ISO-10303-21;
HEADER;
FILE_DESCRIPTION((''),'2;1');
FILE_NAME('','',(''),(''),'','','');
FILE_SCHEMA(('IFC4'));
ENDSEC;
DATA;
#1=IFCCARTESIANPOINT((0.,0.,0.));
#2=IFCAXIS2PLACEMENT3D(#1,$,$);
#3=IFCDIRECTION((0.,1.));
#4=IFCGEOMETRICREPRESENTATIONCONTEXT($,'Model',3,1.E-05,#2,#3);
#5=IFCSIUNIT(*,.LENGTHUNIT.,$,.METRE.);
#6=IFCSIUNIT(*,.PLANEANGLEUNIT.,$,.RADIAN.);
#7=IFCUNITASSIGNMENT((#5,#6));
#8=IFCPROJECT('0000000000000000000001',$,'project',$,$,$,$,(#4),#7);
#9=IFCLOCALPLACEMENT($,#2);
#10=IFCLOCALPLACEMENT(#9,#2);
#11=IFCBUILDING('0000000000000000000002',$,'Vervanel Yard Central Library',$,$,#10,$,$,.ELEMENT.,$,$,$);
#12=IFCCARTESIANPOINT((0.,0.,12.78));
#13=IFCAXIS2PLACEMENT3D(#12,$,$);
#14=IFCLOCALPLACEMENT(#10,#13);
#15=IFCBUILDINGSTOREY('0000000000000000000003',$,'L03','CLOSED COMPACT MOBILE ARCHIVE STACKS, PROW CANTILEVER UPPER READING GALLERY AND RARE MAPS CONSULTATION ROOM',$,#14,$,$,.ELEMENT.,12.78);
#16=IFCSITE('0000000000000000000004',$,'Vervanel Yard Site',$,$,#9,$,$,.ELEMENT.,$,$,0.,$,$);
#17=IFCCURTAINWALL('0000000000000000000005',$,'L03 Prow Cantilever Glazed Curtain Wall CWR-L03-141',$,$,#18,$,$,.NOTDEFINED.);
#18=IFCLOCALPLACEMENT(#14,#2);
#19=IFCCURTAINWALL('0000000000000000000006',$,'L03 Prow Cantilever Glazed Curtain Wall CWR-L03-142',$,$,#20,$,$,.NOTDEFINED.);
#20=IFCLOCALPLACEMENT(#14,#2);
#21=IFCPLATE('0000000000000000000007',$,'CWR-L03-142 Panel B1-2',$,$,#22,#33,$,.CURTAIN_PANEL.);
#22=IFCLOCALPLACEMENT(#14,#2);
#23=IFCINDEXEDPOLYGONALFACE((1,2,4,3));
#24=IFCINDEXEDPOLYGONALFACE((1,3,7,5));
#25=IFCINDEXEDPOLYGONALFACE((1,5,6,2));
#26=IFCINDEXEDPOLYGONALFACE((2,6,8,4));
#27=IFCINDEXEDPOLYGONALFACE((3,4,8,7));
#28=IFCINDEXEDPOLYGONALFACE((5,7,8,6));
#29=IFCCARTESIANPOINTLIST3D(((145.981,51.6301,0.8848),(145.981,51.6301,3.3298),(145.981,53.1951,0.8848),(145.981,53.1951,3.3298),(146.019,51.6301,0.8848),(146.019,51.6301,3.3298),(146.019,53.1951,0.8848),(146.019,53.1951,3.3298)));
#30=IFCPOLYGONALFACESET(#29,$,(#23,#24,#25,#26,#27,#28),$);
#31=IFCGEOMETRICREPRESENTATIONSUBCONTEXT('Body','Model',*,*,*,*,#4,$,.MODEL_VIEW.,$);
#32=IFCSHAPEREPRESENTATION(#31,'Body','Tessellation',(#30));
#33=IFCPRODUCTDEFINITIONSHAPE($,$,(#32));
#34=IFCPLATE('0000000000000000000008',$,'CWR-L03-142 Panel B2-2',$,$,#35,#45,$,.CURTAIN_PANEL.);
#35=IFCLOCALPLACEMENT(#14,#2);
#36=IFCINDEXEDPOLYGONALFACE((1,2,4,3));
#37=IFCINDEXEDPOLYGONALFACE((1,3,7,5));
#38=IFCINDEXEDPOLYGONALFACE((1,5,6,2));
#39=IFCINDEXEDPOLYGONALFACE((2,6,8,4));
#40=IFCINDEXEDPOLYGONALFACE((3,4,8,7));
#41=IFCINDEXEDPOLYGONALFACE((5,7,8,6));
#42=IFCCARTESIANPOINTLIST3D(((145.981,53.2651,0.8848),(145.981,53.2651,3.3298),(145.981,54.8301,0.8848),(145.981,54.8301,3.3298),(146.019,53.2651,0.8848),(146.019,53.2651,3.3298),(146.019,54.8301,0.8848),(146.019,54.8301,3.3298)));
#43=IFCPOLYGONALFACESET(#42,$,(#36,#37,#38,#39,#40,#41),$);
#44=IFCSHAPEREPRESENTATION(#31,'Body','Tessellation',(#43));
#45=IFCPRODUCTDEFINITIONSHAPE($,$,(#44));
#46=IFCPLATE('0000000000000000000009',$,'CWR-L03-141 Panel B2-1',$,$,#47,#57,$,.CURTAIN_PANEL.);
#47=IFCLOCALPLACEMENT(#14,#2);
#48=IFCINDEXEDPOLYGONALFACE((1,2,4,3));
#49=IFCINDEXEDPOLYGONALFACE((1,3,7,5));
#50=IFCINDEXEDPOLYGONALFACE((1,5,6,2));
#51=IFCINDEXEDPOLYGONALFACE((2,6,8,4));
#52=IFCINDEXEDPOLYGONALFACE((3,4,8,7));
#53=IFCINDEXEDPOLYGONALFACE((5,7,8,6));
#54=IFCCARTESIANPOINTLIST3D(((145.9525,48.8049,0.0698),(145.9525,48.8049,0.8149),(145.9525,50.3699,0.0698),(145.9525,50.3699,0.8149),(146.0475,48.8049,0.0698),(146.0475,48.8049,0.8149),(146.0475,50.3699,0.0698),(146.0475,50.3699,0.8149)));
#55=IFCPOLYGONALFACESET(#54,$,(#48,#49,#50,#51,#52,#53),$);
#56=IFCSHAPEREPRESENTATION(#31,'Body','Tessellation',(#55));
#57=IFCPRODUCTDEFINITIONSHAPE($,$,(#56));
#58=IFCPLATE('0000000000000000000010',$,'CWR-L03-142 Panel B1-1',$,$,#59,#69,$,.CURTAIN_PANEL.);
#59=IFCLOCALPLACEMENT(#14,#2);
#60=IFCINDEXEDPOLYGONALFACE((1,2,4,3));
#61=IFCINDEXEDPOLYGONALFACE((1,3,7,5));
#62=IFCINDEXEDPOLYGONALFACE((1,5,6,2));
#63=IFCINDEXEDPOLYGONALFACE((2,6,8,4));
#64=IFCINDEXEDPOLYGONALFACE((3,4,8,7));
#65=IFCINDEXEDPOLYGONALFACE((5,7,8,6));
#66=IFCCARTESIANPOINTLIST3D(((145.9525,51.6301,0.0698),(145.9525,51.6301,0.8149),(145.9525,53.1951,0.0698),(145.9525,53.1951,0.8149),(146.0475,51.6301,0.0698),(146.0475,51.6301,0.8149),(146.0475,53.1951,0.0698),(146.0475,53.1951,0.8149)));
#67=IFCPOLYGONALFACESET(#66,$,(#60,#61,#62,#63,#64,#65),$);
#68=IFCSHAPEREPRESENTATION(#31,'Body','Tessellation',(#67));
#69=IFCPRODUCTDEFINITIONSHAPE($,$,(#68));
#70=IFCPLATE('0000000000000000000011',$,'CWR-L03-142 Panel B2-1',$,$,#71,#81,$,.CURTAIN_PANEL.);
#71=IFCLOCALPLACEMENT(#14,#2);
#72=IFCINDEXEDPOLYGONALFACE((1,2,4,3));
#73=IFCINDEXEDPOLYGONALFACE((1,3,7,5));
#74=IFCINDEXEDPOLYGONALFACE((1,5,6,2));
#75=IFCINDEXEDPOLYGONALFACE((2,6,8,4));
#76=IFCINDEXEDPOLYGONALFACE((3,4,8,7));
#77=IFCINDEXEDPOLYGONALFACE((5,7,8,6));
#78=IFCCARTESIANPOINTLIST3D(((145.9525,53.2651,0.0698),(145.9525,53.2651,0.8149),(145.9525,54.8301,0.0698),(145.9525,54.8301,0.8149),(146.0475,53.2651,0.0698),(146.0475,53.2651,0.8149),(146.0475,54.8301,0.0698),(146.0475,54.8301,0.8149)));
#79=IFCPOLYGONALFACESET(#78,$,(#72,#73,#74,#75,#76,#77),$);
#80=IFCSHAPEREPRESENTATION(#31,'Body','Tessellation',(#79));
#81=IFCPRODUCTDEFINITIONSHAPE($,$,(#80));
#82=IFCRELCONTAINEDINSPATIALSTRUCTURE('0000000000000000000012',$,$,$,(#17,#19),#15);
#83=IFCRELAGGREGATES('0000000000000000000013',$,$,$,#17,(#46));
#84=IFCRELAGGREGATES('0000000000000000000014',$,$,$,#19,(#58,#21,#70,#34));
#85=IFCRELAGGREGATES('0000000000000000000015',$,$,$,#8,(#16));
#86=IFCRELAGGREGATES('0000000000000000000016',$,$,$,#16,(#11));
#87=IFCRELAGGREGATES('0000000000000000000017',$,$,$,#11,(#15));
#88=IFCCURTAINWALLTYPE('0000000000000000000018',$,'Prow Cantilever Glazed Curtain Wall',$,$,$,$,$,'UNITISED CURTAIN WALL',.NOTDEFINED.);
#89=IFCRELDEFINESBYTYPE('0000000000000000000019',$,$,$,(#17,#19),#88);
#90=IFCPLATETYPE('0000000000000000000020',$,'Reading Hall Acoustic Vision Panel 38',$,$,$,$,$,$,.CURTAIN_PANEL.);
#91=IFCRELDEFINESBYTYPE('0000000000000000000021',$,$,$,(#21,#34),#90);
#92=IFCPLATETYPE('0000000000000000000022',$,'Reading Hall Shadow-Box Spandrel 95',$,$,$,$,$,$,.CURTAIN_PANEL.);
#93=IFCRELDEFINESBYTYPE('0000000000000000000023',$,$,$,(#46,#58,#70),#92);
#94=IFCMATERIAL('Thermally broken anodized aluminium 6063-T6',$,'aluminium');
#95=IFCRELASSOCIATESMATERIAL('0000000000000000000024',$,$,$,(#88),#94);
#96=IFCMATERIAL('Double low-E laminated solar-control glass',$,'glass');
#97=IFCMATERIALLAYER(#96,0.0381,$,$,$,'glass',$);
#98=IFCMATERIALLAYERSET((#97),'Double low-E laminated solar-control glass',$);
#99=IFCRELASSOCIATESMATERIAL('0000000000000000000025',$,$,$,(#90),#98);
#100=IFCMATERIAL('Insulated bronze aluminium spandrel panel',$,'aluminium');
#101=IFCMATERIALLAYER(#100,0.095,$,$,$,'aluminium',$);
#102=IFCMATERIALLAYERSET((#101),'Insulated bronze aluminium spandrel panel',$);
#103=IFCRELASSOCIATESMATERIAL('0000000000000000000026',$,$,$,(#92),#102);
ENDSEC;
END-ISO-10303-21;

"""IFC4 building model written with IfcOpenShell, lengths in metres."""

from ifc_helpers import new_model, si_unit, direction, frame, origin, origin_2d, place, context, subcontext, project, spatial, rectangle, extrude, material, layer, layer_set, type_object, element, aggregate, save


model = new_model("IFC4")

# Units and contexts
model_context = context("Model", 3, precision=1e-05, world=origin(), true_north=direction((0.0, 1.0)))
body_context = subcontext(model_context, "Body", "Model", "MODEL_VIEW")
ifc_project = project(units=[si_unit("LENGTHUNIT", "METRE"), si_unit("PLANEANGLEUNIT", "RADIAN")], contexts=[model_context])

# Site, building, storey
site_placement = place(None, origin())
site = spatial("IfcSite", under=ifc_project, at=site_placement, Name="Vervanel Yard Site", CompositionType="ELEMENT", RefElevation=0.0)
building_placement = place(site_placement, origin())
building = spatial("IfcBuilding", under=site, at=building_placement, Name="Vervanel Yard Central Library", CompositionType="ELEMENT")
storey_placement = place(building_placement, frame((0.0, 0.0, 12.78)))
storey = spatial("IfcBuildingStorey", under=building, at=storey_placement, Name="L03", Description="CLOSED COMPACT MOBILE ARCHIVE STACKS, PROW CANTILEVER UPPER READING GALLERY AND RARE MAPS CONSULTATION ROOM", CompositionType="ELEMENT", Elevation=12.78)

# Curtain walls
ifc_material_1 = material(Name="Thermally broken anodized aluminium 6063-T6", Category="aluminium")
curtain_wall_type = type_object("IfcCurtainWallType", Name="Prow Cantilever Glazed Curtain Wall", ElementType="UNITISED CURTAIN WALL", PredefinedType="NOTDEFINED", material=ifc_material_1)
curtain_wall_1_placement = place(storey_placement, origin())
curtain_wall_1 = element("IfcCurtainWall", 1, at=curtain_wall_1_placement, inside=storey, type_object=curtain_wall_type, Name="L03 Prow Cantilever Glazed Curtain Wall CWR-L03-141", PredefinedType="NOTDEFINED")
curtain_wall_2_placement = place(storey_placement, origin())
curtain_wall_2 = element("IfcCurtainWall", 2, at=curtain_wall_2_placement, inside=storey, type_object=curtain_wall_type, Name="L03 Prow Cantilever Glazed Curtain Wall CWR-L03-142", PredefinedType="NOTDEFINED")

# Plates
ifc_material_2 = material(Name="Double low-E laminated solar-control glass", Category="glass")
ifc_layer_1 = layer(ifc_material_2, 0.0381, Category="glass")
ifc_layer_set_1 = layer_set([ifc_layer_1], Name="Double low-E laminated solar-control glass")
plate_type_1 = type_object("IfcPlateType", Name="Reading Hall Acoustic Vision Panel 38", PredefinedType="CURTAIN_PANEL", material=ifc_layer_set_1)
plate_1_placement = place(storey_placement, frame((146.0, 52.4126, 0.8848), z_axis=(0.0, 0.0, 1.0), x_axis=(0.0, 1.0, 0.0)))
plate_1 = element("IfcPlate", 3, at=plate_1_placement, type_object=plate_type_1, Name="CWR-L03-142 Panel B1-2", PredefinedType="CURTAIN_PANEL", context=body_context, shape_type="SweptSolid", body=[
    extrude(rectangle(XDim=1.5649, YDim=0.0381, at=origin_2d()), origin(), (0.0, 0.0, 1.0), 2.4451),
])
plate_2_placement = place(storey_placement, frame((146.0, 54.0476, 0.8848), z_axis=(0.0, 0.0, 1.0), x_axis=(0.0, 1.0, 0.0)))
plate_2 = element("IfcPlate", 4, at=plate_2_placement, type_object=plate_type_1, Name="CWR-L03-142 Panel B2-2", PredefinedType="CURTAIN_PANEL", context=body_context, shape_type="SweptSolid", body=[
    extrude(rectangle(XDim=1.5649, YDim=0.0381, at=origin_2d()), origin(), (0.0, 0.0, 1.0), 2.4451),
])
ifc_material_3 = material(Name="Insulated bronze aluminium spandrel panel", Category="aluminium")
ifc_layer_2 = layer(ifc_material_3, 0.095, Category="aluminium")
ifc_layer_set_2 = layer_set([ifc_layer_2], Name="Insulated bronze aluminium spandrel panel")
plate_type_2 = type_object("IfcPlateType", Name="Reading Hall Shadow-Box Spandrel 95", PredefinedType="CURTAIN_PANEL", material=ifc_layer_set_2)
plate_3_placement = place(storey_placement, frame((146.0, 49.5874, 0.0698), z_axis=(0.0, 0.0, 1.0), x_axis=(0.0, 1.0, 0.0)))
plate_3 = element("IfcPlate", 5, at=plate_3_placement, type_object=plate_type_2, Name="CWR-L03-141 Panel B2-1", PredefinedType="CURTAIN_PANEL", context=body_context, shape_type="SweptSolid", body=[
    extrude(rectangle(XDim=1.5649, YDim=0.095, at=origin_2d()), origin(), (0.0, 0.0, 1.0), 0.7451),
])
aggregate(curtain_wall_1, [plate_3])
plate_4_placement = place(storey_placement, frame((146.0, 52.4126, 0.0698), z_axis=(0.0, 0.0, 1.0), x_axis=(0.0, 1.0, 0.0)))
plate_4 = element("IfcPlate", 6, at=plate_4_placement, type_object=plate_type_2, Name="CWR-L03-142 Panel B1-1", PredefinedType="CURTAIN_PANEL", context=body_context, shape_type="SweptSolid", body=[
    extrude(rectangle(XDim=1.5649, YDim=0.095, at=origin_2d()), origin(), (0.0, 0.0, 1.0), 0.7451),
])
plate_5_placement = place(storey_placement, frame((146.0, 54.0476, 0.0698), z_axis=(0.0, 0.0, 1.0), x_axis=(0.0, 1.0, 0.0)))
plate_5 = element("IfcPlate", 7, at=plate_5_placement, type_object=plate_type_2, Name="CWR-L03-142 Panel B2-1", PredefinedType="CURTAIN_PANEL", context=body_context, shape_type="SweptSolid", body=[
    extrude(rectangle(XDim=1.5649, YDim=0.095, at=origin_2d()), origin(), (0.0, 0.0, 1.0), 0.7451),
])
aggregate(curtain_wall_2, [plate_4, plate_1, plate_5, plate_2])

save(model, "model.ifc")
